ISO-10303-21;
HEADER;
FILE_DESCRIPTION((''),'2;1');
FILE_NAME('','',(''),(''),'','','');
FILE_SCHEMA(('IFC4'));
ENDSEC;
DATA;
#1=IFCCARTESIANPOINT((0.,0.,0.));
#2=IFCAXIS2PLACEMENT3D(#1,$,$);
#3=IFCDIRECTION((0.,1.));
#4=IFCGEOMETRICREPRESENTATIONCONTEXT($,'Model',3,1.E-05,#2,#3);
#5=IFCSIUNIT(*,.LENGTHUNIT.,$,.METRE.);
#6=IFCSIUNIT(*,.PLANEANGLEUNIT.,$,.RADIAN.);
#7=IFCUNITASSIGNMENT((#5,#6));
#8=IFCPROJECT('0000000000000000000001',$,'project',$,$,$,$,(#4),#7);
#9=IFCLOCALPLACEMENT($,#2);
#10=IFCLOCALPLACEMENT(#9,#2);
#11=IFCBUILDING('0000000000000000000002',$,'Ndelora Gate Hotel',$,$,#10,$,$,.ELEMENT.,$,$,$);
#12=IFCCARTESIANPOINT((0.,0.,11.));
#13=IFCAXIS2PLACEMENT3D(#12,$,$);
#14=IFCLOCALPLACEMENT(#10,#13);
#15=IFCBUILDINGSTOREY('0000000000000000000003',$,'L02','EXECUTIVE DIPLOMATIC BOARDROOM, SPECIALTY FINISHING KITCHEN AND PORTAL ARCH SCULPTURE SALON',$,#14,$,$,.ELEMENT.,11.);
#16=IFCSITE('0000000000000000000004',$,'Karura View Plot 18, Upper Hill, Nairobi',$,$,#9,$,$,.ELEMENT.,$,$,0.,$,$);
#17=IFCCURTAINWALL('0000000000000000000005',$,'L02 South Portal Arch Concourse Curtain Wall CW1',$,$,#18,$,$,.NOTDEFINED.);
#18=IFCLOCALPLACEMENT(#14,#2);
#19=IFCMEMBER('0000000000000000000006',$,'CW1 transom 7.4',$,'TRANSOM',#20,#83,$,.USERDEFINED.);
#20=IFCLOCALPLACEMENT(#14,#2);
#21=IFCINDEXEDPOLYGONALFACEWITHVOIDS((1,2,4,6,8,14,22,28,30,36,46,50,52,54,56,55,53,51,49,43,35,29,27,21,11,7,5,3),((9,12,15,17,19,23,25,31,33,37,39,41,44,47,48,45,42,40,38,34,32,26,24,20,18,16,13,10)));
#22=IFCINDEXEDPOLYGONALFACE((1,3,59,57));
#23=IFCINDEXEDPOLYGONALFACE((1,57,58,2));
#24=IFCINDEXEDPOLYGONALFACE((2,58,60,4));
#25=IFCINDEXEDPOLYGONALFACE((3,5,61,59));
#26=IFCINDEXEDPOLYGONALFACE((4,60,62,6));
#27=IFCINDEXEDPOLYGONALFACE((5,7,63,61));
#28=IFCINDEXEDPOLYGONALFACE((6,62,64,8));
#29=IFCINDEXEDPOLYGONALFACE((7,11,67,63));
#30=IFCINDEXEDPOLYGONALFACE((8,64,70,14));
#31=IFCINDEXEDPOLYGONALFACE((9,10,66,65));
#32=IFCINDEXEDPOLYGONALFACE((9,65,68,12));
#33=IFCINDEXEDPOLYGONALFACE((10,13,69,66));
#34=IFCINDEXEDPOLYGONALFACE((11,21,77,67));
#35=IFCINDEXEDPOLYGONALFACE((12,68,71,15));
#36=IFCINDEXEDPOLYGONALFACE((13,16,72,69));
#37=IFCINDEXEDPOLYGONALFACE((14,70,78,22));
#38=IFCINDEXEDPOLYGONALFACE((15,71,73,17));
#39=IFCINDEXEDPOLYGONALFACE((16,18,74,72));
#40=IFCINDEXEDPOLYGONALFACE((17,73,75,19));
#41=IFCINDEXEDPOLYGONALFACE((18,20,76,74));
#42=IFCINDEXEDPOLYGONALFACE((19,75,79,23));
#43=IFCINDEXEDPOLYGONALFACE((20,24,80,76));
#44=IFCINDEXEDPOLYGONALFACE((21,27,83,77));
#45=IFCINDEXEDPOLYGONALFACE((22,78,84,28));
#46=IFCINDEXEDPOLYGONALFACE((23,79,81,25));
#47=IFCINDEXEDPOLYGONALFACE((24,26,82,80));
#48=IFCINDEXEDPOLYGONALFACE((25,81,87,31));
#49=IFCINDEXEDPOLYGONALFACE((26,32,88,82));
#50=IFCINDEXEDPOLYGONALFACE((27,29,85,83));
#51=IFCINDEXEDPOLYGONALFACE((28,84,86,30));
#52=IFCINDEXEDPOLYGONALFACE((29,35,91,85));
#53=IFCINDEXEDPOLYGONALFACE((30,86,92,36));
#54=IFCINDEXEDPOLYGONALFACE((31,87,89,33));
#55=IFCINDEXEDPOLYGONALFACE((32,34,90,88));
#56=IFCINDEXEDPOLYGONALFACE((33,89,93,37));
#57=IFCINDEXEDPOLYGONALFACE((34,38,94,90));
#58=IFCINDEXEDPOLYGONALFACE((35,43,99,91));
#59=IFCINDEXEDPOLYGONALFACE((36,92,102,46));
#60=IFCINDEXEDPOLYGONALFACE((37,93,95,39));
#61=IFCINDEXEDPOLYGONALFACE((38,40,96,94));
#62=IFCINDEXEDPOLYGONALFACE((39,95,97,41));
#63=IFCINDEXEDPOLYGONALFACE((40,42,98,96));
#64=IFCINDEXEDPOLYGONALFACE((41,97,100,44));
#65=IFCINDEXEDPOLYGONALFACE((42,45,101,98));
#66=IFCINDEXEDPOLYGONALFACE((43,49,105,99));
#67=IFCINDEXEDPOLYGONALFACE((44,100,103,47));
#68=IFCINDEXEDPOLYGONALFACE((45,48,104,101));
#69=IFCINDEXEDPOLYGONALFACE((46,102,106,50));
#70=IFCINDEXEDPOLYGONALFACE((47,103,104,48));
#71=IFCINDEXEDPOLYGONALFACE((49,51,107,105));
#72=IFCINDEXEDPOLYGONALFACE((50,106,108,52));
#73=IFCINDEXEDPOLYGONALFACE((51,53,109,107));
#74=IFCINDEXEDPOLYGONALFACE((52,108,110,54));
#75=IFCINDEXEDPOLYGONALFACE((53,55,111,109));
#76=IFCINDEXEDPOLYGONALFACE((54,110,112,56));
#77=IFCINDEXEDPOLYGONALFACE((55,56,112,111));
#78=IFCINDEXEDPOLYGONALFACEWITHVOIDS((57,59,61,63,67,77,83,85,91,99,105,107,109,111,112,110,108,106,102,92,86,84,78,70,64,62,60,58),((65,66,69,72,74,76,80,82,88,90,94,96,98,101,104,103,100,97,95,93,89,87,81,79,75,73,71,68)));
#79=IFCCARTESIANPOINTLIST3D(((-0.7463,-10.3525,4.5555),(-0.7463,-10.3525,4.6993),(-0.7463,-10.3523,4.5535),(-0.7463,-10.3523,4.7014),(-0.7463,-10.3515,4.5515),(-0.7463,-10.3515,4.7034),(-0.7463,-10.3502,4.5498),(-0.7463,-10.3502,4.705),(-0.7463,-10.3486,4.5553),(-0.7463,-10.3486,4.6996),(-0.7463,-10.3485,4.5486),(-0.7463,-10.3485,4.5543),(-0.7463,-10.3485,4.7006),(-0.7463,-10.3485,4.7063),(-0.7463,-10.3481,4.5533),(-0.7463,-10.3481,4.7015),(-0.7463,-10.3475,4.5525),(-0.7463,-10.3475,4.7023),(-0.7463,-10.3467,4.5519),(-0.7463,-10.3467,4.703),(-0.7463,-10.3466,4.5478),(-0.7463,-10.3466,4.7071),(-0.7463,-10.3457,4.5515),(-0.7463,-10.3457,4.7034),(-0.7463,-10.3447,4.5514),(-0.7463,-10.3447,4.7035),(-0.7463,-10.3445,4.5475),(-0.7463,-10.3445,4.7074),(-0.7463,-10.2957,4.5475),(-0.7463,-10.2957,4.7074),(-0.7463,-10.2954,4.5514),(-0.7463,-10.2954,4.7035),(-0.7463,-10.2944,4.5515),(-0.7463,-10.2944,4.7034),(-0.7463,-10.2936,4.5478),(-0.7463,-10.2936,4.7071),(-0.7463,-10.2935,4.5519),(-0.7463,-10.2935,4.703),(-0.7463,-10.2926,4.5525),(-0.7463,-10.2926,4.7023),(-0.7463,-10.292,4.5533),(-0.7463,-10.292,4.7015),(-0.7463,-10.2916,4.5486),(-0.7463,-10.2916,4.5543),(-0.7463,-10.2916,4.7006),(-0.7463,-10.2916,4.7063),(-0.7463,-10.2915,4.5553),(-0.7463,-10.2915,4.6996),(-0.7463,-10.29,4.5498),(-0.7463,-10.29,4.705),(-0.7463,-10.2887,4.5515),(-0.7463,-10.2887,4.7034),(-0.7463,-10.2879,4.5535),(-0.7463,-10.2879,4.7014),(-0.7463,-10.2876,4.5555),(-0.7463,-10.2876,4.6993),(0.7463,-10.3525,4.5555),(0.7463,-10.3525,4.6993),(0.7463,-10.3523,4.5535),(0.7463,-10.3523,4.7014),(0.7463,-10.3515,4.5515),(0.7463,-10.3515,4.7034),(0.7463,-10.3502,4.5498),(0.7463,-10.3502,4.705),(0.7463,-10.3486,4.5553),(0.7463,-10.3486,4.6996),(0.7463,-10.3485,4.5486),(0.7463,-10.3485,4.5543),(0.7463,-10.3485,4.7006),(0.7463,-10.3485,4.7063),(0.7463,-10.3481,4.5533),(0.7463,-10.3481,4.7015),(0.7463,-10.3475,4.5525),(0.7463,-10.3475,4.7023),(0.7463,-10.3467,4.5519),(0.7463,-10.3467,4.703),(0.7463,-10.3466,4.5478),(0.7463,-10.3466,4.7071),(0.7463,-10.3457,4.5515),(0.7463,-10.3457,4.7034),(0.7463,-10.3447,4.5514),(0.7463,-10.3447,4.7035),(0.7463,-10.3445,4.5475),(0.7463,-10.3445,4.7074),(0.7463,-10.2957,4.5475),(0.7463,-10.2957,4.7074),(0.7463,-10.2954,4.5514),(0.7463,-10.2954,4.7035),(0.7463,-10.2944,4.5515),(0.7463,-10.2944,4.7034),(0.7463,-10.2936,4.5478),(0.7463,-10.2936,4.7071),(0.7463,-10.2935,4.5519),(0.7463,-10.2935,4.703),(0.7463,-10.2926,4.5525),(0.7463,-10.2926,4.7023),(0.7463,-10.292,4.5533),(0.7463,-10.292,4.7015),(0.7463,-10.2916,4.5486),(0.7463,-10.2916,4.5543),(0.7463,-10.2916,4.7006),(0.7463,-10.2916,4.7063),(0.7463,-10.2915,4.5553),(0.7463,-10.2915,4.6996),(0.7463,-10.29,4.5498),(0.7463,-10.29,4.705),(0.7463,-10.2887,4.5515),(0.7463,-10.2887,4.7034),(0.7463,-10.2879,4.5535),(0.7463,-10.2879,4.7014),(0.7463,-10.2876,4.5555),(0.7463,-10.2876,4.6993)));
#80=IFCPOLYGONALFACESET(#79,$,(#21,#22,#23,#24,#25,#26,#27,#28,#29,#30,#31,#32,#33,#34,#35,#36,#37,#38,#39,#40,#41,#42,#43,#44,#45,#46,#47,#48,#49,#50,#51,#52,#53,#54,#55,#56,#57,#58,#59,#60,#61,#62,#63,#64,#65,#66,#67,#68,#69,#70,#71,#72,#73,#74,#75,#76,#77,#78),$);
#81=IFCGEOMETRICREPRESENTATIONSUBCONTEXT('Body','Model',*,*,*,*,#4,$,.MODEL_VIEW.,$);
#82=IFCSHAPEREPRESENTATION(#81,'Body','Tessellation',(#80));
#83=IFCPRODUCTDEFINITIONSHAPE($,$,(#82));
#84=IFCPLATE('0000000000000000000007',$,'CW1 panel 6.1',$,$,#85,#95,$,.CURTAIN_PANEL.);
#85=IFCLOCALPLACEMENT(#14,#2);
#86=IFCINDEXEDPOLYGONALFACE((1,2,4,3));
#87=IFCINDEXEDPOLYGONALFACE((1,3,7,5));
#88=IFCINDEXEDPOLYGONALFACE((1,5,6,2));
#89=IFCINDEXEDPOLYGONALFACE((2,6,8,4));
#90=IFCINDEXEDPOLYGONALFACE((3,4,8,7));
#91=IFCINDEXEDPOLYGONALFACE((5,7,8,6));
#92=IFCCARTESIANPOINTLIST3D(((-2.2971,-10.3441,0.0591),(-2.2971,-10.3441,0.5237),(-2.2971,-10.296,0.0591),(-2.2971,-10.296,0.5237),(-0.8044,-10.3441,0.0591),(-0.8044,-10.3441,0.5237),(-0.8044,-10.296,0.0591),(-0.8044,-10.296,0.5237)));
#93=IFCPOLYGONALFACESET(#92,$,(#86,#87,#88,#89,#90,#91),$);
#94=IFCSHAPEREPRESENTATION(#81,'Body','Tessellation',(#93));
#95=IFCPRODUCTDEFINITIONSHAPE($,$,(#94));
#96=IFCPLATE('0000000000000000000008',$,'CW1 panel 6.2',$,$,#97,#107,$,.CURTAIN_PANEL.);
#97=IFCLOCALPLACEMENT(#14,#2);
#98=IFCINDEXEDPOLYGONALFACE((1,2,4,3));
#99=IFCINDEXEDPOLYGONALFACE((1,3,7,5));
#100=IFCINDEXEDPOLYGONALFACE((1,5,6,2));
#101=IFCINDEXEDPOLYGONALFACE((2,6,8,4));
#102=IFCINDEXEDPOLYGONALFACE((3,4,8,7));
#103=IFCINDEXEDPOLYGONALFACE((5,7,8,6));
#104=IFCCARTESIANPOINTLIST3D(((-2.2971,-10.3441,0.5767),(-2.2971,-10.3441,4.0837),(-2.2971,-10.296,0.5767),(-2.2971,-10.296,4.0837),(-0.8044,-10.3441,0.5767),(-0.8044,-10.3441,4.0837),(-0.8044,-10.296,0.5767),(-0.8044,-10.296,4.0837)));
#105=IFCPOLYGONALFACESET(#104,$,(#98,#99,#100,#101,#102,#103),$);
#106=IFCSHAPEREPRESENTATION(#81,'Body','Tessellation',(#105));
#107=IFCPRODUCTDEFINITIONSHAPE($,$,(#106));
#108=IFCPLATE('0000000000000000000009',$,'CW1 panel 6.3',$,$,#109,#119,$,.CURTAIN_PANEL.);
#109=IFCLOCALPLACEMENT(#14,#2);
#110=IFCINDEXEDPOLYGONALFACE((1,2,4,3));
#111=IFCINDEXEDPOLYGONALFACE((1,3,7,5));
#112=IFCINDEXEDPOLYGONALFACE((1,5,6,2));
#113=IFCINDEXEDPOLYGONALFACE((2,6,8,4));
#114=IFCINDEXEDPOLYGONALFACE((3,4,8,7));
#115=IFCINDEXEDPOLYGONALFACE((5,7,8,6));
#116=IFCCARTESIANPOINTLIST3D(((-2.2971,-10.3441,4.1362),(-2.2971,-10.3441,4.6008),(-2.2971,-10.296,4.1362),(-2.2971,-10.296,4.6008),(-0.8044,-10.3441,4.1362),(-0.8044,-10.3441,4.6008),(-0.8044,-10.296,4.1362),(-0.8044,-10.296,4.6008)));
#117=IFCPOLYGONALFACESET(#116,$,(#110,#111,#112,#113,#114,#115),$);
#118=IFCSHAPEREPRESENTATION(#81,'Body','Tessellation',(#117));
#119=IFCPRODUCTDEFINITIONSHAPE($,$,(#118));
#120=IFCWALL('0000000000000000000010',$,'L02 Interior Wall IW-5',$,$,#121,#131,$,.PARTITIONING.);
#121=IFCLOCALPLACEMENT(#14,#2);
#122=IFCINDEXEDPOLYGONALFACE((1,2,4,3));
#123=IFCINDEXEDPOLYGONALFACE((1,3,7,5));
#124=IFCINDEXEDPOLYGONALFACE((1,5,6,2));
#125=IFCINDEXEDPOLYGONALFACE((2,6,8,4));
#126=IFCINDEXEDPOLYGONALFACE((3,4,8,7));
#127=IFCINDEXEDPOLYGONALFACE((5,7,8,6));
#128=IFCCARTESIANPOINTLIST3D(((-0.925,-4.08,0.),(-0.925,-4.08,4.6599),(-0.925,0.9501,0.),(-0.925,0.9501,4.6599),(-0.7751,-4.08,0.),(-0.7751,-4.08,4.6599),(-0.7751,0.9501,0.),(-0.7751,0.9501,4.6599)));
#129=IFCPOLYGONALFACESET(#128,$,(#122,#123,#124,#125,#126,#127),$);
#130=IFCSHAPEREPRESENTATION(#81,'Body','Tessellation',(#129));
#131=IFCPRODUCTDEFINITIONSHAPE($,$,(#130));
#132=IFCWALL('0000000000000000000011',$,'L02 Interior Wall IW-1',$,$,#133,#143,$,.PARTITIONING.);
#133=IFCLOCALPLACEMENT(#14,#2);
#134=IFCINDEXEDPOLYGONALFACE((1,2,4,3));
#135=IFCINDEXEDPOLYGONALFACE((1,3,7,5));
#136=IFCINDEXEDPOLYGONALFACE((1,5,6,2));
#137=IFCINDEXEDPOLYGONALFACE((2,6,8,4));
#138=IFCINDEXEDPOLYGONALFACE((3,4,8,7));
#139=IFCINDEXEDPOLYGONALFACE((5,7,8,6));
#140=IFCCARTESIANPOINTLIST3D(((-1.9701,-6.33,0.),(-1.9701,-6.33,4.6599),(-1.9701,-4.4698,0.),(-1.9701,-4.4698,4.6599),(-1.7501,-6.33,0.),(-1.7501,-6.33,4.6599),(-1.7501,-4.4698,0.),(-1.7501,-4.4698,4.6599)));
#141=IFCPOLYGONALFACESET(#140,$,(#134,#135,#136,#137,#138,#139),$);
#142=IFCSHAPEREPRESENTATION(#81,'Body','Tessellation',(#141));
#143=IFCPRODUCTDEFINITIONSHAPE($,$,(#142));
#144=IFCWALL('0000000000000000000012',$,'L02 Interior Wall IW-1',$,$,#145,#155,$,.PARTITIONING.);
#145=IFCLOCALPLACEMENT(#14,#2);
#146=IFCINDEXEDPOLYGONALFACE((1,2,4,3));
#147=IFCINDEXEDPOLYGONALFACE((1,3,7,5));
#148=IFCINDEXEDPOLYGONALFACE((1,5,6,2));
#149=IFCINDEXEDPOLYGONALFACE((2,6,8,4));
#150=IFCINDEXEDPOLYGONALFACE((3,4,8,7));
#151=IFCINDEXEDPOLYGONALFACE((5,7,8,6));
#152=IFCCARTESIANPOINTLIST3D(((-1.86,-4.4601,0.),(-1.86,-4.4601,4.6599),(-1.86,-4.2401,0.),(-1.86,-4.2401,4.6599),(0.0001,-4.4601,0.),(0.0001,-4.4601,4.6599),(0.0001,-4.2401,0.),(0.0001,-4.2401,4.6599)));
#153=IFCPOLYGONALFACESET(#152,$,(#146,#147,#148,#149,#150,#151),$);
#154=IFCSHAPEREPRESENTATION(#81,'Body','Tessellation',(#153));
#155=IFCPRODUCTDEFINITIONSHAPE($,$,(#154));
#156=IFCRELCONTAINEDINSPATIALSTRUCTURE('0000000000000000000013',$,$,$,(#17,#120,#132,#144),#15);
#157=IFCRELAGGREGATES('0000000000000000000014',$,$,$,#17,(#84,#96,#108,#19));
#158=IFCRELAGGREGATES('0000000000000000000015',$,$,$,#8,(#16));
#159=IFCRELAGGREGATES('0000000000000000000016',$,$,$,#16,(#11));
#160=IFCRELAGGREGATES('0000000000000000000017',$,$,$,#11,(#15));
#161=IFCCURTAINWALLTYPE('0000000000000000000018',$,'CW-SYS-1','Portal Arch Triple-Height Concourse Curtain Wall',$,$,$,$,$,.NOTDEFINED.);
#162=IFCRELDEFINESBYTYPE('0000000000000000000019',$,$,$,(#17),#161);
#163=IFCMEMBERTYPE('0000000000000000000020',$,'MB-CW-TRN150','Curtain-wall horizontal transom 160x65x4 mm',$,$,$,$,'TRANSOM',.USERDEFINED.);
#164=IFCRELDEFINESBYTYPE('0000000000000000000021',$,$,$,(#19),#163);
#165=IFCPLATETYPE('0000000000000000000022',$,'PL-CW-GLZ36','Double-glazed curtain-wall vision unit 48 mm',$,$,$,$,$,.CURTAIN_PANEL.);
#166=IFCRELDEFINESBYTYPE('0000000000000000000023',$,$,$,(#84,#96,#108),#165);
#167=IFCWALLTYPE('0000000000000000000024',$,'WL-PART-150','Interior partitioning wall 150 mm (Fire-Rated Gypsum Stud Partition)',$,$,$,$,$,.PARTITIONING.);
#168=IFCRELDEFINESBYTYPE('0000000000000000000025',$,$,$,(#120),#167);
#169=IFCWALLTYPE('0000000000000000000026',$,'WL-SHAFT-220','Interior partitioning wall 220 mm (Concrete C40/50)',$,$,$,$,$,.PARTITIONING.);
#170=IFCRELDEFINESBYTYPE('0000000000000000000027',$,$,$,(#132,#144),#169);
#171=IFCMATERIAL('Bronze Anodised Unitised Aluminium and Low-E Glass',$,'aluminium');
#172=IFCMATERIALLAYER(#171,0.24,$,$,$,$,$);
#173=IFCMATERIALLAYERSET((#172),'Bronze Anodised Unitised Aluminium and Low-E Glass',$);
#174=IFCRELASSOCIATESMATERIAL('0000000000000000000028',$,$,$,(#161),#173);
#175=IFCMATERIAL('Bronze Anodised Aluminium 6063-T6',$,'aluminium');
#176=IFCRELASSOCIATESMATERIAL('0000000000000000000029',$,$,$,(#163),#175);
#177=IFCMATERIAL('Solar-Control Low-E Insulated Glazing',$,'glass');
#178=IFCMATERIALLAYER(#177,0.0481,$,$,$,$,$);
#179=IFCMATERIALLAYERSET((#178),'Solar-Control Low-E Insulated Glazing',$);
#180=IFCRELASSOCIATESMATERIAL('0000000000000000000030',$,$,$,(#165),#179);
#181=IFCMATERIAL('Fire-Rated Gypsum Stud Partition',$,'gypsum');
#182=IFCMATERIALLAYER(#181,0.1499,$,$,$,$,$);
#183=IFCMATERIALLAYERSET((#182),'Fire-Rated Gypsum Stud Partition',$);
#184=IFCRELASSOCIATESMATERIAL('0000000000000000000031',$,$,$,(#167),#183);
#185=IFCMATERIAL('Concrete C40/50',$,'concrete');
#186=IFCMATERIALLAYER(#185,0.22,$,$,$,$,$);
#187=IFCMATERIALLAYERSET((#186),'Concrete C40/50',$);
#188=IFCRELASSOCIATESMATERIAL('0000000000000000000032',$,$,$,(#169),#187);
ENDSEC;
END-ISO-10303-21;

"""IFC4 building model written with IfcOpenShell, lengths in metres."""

from ifc_helpers import new_model, si_unit, direction, frame, frame_2d, origin, origin_2d, place, context, subcontext, project, spatial, rectangle, hollow_rectangle, extrude, material, layer, layer_set, material_profile, profile_set, type_object, element, aggregate, save


model = new_model("IFC4")

# Units and contexts
model_context = context("Model", 3, precision=1e-05, world=origin(), true_north=direction((0.0, 1.0)))
body_context = subcontext(model_context, "Body", "Model", "MODEL_VIEW")
ifc_project = project(units=[si_unit("LENGTHUNIT", "METRE"), si_unit("PLANEANGLEUNIT", "RADIAN")], contexts=[model_context])

# Site, building, storey
site_placement = place(None, origin())
site = spatial("IfcSite", under=ifc_project, at=site_placement, Name="Karura View Plot 18, Upper Hill, Nairobi", CompositionType="ELEMENT", RefElevation=0.0)
building_placement = place(site_placement, origin())
building = spatial("IfcBuilding", under=site, at=building_placement, Name="Ndelora Gate Hotel", CompositionType="ELEMENT")
storey_placement = place(building_placement, frame((0.0, 0.0, 11.0)))
storey = spatial("IfcBuildingStorey", under=building, at=storey_placement, Name="L02", Description="EXECUTIVE DIPLOMATIC BOARDROOM, SPECIALTY FINISHING KITCHEN AND PORTAL ARCH SCULPTURE SALON", CompositionType="ELEMENT", Elevation=11.0)

# Curtain wall, member, plates
ifc_material_1 = material(Name="Bronze Anodised Unitised Aluminium and Low-E Glass", Category="aluminium")
ifc_layer_1 = layer(ifc_material_1, 0.24)
ifc_layer_set_1 = layer_set([ifc_layer_1], Name="Bronze Anodised Unitised Aluminium and Low-E Glass")
curtain_wall_type = type_object("IfcCurtainWallType", Name="CW-SYS-1", Description="Portal Arch Triple-Height Concourse Curtain Wall", PredefinedType="NOTDEFINED", material=ifc_layer_set_1)
curtain_wall_placement = place(storey_placement, origin())
curtain_wall = element("IfcCurtainWall", 1, at=curtain_wall_placement, inside=storey, type_object=curtain_wall_type, Name="L02 South Portal Arch Concourse Curtain Wall CW1", PredefinedType="NOTDEFINED")
ifc_material_2 = material(Name="Bronze Anodised Aluminium 6063-T6", Category="aluminium")
ifc_material_profile_1 = material_profile(ifc_material_2, hollow_rectangle(XDim=0.0649, YDim=0.1599, WallThickness=0.0039, InnerFilletRadius=0.0039, OuterFilletRadius=0.0081, at=origin_2d()), Name="ALU 160x65x4")
ifc_profile_set_1 = profile_set([ifc_material_profile_1], Name="Bronze Anodised Aluminium 6063-T6")
member_type_1 = type_object("IfcMemberType", Name="MB-CW-TRN150", Description="Curtain-wall horizontal transom 160x65x4 mm", ElementType="TRANSOM", PredefinedType="USERDEFINED", material=ifc_profile_set_1)
member_1_placement = place(storey_placement, frame((-0.7463, -10.3201, 4.6274), z_axis=(1.0, 0.0, 0.0), x_axis=(0.0, 1.0, 0.0)))
member_1 = element("IfcMember", 2, at=member_1_placement, type_object=member_type_1, Name="CW1 transom 7.4", ObjectType="TRANSOM", PredefinedType="USERDEFINED", context=body_context, shape_type="SweptSolid", body=[
    extrude(hollow_rectangle(XDim=0.0649, YDim=0.1599, WallThickness=0.0039, InnerFilletRadius=0.0039, OuterFilletRadius=0.0081, at=origin_2d()), origin(), (0.0, 0.0, 1.0), 1.4927),
])
ifc_material_3 = material(Name="Solar-Control Low-E Insulated Glazing", Category="glass")
ifc_layer_2 = layer(ifc_material_3, 0.0481)
ifc_layer_set_2 = layer_set([ifc_layer_2], Name="Solar-Control Low-E Insulated Glazing")
plate_type = type_object("IfcPlateType", Name="PL-CW-GLZ36", Description="Double-glazed curtain-wall vision unit 48 mm", PredefinedType="CURTAIN_PANEL", material=ifc_layer_set_2)
plate_1_placement = place(storey_placement, frame((-1.5508, -10.3201, 0.0591), z_axis=(0.0, 0.0, 1.0), x_axis=(1.0, 0.0, 0.0)))
plate_1 = element("IfcPlate", 3, at=plate_1_placement, type_object=plate_type, Name="CW1 panel 6.1", PredefinedType="CURTAIN_PANEL", context=body_context, shape_type="SweptSolid", body=[
    extrude(rectangle(XDim=1.4927, YDim=0.0481, at=origin_2d()), origin(), (0.0, 0.0, 1.0), 0.4646),
])
plate_2_placement = place(storey_placement, frame((-1.5508, -10.3201, 0.5767), z_axis=(0.0, 0.0, 1.0), x_axis=(1.0, 0.0, 0.0)))
plate_2 = element("IfcPlate", 4, at=plate_2_placement, type_object=plate_type, Name="CW1 panel 6.2", PredefinedType="CURTAIN_PANEL", context=body_context, shape_type="SweptSolid", body=[
    extrude(rectangle(XDim=1.4927, YDim=0.0481, at=origin_2d()), origin(), (0.0, 0.0, 1.0), 3.5071),
])
plate_3_placement = place(storey_placement, frame((-1.5508, -10.3201, 4.1362), z_axis=(0.0, 0.0, 1.0), x_axis=(1.0, 0.0, 0.0)))
plate_3 = element("IfcPlate", 5, at=plate_3_placement, type_object=plate_type, Name="CW1 panel 6.3", PredefinedType="CURTAIN_PANEL", context=body_context, shape_type="SweptSolid", body=[
    extrude(rectangle(XDim=1.4927, YDim=0.0481, at=origin_2d()), origin(), (0.0, 0.0, 1.0), 0.4646),
])
aggregate(curtain_wall, [plate_1, plate_2, plate_3, member_1])

# Walls
ifc_material_4 = material(Name="Fire-Rated Gypsum Stud Partition", Category="gypsum")
ifc_layer_3 = layer(ifc_material_4, 0.1499)
ifc_layer_set_3 = layer_set([ifc_layer_3], Name="Fire-Rated Gypsum Stud Partition")
wall_type_1 = type_object("IfcWallType", Name="WL-PART-150", Description="Interior partitioning wall 150 mm (Fire-Rated Gypsum Stud Partition)", PredefinedType="PARTITIONING", material=ifc_layer_set_3)
wall_1_placement = place(storey_placement, frame((-0.8501, -4.0801, 0.0), z_axis=(0.0, 0.0, 1.0), x_axis=(0.0, 1.0, 0.0)))
element("IfcWall", 6, at=wall_1_placement, inside=storey, type_object=wall_type_1, Name="L02 Interior Wall IW-5", PredefinedType="PARTITIONING", context=body_context, shape_type="SweptSolid", body=[
    extrude(rectangle(XDim=5.03, YDim=0.1499, at=frame_2d((2.5151, 0.0))), origin(), (0.0, 0.0, 1.0), 4.6599),
])
ifc_material_5 = material(Name="Concrete C40/50", Category="concrete")
ifc_layer_4 = layer(ifc_material_5, 0.22)
ifc_layer_set_4 = layer_set([ifc_layer_4], Name="Concrete C40/50")
wall_type_2 = type_object("IfcWallType", Name="WL-SHAFT-220", Description="Interior partitioning wall 220 mm (Concrete C40/50)", PredefinedType="PARTITIONING", material=ifc_layer_set_4)
wall_2_placement = place(storey_placement, frame((-1.8601, -6.3301, 0.0), z_axis=(0.0, 0.0, 1.0), x_axis=(0.0, 1.0, 0.0)))
element("IfcWall", 7, at=wall_2_placement, inside=storey, type_object=wall_type_2, Name="L02 Interior Wall IW-1", PredefinedType="PARTITIONING", context=body_context, shape_type="SweptSolid", body=[
    extrude(rectangle(XDim=1.8601, YDim=0.22, at=frame_2d((0.9302, 0.0))), origin(), (0.0, 0.0, 1.0), 4.6599),
])

# Wall
wall_3_placement = place(storey_placement, frame((-1.8601, -4.3501, 0.0), z_axis=(0.0, 0.0, 1.0), x_axis=(1.0, 0.0, 0.0)))
element("IfcWall", 8, at=wall_3_placement, inside=storey, type_object=wall_type_2, Name="L02 Interior Wall IW-1", PredefinedType="PARTITIONING", context=body_context, shape_type="SweptSolid", body=[
    extrude(rectangle(XDim=1.8601, YDim=0.22, at=frame_2d((0.9302, 0.0))), origin(), (0.0, 0.0, 1.0), 4.6599),
])

save(model, "model.ifc")
